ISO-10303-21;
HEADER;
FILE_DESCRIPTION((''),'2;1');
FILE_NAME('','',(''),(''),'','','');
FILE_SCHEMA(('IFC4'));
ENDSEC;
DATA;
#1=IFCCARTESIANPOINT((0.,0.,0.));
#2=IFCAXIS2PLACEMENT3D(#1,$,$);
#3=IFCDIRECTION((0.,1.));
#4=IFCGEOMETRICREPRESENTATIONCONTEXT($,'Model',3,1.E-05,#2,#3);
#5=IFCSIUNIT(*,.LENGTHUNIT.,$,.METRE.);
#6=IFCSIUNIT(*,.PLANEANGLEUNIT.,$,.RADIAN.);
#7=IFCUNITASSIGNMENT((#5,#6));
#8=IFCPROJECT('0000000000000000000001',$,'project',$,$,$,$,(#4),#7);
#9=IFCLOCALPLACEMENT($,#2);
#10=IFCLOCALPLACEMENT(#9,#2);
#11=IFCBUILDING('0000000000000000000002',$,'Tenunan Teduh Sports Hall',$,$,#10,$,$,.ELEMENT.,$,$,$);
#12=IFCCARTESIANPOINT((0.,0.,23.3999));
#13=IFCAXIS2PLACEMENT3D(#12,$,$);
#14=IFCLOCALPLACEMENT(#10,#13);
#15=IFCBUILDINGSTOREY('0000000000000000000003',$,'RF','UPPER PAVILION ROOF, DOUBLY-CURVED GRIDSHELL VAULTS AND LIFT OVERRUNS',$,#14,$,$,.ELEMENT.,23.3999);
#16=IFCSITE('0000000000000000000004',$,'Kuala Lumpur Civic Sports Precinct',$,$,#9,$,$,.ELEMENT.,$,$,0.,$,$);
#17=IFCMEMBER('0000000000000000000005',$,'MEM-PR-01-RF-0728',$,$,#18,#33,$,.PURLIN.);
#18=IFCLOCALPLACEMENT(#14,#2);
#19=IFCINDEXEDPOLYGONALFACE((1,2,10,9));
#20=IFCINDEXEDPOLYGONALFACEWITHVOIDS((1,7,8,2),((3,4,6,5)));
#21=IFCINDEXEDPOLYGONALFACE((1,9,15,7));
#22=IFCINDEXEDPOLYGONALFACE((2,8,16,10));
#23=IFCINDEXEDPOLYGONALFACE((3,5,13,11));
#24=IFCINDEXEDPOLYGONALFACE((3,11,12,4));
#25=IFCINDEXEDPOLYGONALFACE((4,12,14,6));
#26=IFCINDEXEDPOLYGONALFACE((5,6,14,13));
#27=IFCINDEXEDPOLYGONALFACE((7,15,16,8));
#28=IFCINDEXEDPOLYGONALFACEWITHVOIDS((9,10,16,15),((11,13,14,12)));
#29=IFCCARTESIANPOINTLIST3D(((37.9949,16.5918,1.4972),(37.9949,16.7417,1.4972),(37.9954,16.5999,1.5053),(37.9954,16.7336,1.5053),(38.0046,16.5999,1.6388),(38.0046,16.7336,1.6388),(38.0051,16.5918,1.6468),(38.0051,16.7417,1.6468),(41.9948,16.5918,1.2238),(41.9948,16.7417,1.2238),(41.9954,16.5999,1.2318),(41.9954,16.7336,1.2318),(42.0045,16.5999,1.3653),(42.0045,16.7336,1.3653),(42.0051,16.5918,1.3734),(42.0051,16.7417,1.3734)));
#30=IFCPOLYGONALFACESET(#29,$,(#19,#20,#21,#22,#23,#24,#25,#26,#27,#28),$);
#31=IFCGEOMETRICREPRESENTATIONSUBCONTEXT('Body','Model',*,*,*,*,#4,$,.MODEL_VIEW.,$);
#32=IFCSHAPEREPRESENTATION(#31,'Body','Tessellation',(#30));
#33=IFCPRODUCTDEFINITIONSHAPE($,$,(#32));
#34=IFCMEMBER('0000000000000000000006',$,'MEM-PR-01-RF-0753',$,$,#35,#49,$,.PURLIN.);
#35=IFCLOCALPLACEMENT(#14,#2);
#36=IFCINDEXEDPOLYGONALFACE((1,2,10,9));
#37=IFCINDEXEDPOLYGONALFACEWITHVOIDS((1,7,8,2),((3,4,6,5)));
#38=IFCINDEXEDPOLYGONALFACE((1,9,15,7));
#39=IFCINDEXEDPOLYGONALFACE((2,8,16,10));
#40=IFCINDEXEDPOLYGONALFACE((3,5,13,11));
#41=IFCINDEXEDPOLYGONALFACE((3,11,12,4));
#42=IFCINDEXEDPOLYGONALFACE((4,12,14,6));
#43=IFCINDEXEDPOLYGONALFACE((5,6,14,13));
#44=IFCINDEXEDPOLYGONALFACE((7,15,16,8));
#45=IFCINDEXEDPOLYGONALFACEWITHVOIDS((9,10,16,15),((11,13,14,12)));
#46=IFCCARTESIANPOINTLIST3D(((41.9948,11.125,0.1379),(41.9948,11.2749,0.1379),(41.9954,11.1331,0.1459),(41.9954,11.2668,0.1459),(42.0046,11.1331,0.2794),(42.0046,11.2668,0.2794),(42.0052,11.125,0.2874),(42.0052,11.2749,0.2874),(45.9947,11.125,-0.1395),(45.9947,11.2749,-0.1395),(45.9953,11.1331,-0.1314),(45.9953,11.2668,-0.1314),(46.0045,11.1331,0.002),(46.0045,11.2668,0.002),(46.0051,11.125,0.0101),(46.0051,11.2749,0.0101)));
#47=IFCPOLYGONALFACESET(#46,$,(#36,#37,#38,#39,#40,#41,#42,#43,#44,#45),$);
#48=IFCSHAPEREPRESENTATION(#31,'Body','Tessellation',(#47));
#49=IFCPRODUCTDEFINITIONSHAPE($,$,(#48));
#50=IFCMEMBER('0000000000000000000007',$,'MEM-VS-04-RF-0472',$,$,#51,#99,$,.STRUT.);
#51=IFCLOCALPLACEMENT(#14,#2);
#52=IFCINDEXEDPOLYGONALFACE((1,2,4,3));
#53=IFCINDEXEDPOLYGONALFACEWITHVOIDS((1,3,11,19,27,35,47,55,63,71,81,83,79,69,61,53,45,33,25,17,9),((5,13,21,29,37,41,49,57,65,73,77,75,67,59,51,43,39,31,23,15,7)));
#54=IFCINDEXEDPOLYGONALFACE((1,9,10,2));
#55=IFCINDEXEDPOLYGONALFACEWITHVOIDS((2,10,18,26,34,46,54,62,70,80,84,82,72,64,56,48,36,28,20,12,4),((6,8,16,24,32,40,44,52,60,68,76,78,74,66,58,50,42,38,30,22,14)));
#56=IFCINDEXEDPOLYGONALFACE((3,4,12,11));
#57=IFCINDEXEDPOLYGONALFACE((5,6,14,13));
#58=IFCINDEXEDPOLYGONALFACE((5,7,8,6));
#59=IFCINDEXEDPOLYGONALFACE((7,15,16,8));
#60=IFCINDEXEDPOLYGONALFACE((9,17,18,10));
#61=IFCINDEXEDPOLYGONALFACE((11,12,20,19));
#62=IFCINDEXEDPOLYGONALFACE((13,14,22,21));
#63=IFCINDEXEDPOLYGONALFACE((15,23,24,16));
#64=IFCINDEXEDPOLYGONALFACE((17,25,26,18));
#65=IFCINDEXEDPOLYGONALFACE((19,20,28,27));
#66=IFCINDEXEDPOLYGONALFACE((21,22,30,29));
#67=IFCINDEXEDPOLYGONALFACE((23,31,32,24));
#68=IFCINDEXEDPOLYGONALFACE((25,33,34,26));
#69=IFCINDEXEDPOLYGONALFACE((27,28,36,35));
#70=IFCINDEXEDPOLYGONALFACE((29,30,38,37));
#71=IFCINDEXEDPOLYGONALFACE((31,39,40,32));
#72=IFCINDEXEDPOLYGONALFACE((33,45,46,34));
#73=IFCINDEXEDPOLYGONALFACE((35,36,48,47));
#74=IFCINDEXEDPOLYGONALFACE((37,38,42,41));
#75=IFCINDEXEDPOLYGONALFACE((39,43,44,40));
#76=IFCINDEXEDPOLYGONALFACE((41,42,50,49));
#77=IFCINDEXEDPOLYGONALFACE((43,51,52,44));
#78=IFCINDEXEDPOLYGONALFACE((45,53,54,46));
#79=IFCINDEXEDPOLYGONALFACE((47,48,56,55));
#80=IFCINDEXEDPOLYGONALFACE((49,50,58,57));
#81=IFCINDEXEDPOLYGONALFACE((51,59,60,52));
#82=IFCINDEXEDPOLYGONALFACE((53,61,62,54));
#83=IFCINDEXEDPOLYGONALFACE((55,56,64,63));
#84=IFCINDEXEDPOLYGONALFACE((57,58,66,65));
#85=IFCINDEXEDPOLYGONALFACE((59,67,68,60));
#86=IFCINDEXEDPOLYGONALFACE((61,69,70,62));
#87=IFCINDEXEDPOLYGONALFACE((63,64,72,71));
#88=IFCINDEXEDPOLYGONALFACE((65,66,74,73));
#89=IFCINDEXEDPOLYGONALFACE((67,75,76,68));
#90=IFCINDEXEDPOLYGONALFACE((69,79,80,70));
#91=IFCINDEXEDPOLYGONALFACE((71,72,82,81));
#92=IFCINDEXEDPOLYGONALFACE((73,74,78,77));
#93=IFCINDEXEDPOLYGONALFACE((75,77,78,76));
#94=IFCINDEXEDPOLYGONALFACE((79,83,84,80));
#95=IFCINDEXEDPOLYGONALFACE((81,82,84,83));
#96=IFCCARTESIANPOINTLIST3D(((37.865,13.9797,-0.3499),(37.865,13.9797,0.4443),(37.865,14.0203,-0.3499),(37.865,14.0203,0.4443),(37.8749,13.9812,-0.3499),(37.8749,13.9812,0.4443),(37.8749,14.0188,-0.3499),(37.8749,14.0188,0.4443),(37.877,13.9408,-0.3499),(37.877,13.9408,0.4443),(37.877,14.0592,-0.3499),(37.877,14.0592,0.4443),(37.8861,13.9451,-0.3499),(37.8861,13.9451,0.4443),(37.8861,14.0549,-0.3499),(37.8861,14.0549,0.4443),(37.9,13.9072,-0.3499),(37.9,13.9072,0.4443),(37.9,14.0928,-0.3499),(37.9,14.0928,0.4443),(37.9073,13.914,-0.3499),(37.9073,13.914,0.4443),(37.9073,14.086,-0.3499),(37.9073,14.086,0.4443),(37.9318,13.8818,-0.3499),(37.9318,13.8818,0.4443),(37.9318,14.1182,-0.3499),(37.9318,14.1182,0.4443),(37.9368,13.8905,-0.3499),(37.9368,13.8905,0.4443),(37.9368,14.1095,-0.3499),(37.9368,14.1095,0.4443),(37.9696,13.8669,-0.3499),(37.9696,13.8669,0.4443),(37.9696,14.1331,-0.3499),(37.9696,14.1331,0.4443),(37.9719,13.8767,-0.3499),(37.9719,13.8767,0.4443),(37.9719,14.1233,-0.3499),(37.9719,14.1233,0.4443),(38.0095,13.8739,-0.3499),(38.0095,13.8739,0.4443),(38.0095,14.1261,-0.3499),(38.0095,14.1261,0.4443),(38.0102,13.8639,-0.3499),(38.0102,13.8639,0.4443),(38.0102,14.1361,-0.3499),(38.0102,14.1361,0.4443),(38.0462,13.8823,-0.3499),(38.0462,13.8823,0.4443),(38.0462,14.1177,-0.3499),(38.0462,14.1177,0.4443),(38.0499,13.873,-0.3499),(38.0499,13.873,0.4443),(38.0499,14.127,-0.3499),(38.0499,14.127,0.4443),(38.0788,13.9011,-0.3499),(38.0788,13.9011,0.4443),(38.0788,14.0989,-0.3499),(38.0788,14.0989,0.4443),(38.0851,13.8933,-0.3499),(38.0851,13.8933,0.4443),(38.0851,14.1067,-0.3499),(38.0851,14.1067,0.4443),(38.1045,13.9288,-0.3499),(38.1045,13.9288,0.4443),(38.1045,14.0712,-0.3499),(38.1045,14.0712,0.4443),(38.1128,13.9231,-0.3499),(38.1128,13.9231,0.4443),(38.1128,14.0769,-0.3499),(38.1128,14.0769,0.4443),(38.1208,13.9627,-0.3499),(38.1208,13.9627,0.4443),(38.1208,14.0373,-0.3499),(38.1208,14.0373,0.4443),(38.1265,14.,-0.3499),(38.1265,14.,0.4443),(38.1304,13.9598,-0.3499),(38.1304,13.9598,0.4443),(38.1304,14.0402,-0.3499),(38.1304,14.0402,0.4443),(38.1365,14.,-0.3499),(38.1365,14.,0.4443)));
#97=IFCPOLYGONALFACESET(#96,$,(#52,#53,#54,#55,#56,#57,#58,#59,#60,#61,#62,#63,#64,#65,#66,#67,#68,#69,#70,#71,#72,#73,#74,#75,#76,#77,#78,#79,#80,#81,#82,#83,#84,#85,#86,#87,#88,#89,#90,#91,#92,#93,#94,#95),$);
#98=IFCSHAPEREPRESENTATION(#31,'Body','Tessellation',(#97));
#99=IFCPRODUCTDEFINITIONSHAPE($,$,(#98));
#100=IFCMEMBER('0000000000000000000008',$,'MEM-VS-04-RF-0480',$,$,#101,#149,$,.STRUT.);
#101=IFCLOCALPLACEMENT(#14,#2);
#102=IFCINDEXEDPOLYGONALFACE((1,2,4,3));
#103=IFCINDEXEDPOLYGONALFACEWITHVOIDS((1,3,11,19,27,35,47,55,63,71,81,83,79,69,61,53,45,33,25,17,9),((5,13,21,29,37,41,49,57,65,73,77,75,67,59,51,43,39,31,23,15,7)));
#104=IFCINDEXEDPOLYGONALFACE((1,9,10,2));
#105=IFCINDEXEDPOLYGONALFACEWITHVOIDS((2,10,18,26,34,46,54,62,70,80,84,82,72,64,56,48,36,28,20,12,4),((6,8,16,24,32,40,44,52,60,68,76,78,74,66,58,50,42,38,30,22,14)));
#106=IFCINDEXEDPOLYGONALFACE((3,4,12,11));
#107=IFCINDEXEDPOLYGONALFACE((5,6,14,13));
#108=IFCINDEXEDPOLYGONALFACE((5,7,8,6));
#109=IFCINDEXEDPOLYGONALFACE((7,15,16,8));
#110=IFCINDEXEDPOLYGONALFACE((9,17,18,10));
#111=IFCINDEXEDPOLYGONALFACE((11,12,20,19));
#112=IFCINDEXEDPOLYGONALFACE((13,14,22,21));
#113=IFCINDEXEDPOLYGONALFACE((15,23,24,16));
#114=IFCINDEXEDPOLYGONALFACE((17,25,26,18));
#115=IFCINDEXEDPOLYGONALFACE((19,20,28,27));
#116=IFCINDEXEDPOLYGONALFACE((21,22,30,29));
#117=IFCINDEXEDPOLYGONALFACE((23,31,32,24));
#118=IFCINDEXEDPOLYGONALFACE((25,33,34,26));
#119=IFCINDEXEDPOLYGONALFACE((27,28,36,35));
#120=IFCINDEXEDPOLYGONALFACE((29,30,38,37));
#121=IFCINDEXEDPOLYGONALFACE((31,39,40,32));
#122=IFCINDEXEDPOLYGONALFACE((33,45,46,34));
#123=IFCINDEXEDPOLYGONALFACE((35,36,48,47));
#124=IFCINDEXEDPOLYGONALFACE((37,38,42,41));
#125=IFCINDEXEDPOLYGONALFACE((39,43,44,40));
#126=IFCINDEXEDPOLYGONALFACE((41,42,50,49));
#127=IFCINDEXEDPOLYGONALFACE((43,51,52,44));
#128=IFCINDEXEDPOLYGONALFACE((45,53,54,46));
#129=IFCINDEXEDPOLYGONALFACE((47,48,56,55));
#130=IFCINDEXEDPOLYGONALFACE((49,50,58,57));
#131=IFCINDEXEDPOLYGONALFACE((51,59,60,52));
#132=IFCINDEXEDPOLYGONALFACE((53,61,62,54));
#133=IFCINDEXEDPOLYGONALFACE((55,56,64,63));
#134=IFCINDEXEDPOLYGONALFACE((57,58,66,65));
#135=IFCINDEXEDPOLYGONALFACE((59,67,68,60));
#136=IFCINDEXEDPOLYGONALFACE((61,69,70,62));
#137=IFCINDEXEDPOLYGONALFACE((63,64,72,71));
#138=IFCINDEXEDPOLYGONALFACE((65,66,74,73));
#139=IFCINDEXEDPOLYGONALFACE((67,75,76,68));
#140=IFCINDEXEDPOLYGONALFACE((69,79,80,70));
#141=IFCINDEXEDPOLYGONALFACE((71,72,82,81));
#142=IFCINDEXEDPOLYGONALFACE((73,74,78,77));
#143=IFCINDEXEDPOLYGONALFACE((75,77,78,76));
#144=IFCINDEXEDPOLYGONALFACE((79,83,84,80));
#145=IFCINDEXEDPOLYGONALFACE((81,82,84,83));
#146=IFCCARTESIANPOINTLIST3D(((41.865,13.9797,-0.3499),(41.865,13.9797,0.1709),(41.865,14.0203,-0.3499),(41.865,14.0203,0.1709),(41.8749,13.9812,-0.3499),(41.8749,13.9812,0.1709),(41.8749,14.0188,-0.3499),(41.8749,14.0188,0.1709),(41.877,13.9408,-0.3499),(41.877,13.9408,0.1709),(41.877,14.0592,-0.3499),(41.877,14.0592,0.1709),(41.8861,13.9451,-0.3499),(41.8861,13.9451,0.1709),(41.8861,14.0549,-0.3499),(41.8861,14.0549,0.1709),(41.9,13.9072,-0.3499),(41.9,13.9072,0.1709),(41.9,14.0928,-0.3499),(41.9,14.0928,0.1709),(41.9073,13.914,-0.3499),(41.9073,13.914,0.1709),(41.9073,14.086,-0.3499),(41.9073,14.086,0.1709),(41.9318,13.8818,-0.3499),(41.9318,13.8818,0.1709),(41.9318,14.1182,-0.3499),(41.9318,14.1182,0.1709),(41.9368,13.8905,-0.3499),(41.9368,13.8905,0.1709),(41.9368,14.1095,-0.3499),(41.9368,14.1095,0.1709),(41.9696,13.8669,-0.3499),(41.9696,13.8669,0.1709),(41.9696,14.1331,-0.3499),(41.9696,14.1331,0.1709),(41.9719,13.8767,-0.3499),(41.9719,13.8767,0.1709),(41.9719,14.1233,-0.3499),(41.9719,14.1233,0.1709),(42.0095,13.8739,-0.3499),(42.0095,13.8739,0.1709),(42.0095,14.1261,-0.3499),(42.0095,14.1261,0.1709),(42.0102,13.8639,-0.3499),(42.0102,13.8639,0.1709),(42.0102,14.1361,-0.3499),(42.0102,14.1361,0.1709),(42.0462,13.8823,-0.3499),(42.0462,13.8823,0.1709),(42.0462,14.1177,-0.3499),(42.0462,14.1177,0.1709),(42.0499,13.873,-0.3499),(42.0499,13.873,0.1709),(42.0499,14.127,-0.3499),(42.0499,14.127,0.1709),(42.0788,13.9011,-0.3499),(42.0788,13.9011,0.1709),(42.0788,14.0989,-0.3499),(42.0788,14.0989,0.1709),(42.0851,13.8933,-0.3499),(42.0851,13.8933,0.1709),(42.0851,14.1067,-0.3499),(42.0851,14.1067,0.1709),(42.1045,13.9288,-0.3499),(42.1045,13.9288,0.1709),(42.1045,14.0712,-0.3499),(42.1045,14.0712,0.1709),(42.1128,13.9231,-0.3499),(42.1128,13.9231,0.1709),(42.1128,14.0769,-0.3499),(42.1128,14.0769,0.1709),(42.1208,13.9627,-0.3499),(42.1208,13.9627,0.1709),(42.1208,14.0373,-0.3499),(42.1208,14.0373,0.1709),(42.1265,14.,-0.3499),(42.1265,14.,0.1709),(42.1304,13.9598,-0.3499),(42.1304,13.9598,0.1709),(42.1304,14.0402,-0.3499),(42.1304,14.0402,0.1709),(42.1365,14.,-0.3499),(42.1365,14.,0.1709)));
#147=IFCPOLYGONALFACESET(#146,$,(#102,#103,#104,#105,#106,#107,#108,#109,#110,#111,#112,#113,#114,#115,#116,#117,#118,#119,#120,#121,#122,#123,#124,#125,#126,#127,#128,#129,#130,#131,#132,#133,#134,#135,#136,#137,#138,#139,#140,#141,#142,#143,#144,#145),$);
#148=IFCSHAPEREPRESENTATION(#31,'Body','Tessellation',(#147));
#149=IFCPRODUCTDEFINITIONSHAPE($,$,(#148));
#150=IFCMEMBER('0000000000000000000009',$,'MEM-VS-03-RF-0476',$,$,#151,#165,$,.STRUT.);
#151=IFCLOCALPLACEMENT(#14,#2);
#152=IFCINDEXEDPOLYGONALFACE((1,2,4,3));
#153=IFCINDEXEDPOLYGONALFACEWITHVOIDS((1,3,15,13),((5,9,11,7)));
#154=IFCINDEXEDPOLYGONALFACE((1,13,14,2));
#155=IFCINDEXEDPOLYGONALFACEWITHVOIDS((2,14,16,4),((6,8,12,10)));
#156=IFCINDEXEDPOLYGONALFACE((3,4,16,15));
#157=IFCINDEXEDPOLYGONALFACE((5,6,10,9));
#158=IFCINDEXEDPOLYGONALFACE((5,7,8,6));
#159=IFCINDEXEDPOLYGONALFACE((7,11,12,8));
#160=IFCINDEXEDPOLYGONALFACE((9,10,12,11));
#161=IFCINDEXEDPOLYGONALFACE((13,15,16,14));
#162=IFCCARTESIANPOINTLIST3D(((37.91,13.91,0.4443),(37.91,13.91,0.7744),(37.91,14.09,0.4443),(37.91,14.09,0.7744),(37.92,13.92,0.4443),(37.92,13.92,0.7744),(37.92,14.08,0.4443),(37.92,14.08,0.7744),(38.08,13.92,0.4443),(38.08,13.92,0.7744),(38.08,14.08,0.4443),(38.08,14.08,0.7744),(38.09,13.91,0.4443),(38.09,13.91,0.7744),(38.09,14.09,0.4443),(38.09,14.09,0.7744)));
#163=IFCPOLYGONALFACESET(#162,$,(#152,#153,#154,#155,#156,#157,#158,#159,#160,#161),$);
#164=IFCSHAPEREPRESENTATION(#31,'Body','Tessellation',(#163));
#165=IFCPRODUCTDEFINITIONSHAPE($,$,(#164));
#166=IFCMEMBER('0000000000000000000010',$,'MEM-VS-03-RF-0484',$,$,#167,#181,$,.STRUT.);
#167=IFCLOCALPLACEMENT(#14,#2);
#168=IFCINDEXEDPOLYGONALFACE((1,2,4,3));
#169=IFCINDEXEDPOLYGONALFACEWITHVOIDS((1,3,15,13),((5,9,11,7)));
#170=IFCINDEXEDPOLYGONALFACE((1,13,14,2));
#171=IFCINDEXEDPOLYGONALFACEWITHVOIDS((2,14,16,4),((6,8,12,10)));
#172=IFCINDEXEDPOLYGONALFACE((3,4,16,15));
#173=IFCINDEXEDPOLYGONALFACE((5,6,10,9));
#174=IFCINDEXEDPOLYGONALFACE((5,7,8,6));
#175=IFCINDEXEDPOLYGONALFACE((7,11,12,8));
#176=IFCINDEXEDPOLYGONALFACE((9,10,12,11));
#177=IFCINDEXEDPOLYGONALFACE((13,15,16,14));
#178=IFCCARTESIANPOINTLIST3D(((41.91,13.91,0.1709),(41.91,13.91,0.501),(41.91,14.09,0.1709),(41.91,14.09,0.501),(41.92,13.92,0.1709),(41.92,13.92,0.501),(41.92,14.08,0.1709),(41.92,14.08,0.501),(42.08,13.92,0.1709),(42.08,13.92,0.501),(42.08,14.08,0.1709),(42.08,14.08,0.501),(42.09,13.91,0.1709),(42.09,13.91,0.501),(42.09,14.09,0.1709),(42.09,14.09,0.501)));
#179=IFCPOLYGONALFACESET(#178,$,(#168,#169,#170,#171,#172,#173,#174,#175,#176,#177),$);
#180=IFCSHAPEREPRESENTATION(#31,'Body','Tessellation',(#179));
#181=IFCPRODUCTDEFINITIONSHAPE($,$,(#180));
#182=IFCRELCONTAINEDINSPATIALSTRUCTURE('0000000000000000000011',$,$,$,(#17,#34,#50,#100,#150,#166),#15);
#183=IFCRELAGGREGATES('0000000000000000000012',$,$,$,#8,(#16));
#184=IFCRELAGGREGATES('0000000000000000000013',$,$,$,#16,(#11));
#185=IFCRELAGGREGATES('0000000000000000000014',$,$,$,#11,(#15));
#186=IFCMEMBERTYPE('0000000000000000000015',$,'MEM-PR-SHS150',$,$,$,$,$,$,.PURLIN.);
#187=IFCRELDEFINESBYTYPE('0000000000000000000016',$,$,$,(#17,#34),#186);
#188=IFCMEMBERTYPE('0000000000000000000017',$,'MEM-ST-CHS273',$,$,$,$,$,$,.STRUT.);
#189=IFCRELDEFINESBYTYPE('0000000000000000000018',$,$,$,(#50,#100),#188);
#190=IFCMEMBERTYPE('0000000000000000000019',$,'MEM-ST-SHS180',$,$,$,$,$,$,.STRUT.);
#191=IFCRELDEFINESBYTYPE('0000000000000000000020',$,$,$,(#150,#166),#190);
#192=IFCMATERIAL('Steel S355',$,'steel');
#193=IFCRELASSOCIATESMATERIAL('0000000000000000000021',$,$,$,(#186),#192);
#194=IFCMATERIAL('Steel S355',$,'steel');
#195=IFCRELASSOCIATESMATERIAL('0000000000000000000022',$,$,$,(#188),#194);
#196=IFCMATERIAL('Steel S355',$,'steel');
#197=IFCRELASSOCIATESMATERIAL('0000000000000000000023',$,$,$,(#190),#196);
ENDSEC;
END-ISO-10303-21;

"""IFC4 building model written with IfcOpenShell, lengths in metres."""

from ifc_helpers import new_model, si_unit, direction, frame, origin, origin_2d, place, context, subcontext, project, spatial, hollow_rectangle, hollow_circle, extrude, material, material_profile, profile_set, type_object, element, save


model = new_model("IFC4")

# Units and contexts
model_context = context("Model", 3, precision=1e-05, world=origin(), true_north=direction((0.0, 1.0)))
body_context = subcontext(model_context, "Body", "Model", "MODEL_VIEW")
ifc_project = project(units=[si_unit("LENGTHUNIT", "METRE"), si_unit("PLANEANGLEUNIT", "RADIAN")], contexts=[model_context])

# Site, building, storey
site_placement = place(None, origin())
site = spatial("IfcSite", under=ifc_project, at=site_placement, Name="Kuala Lumpur Civic Sports Precinct", CompositionType="ELEMENT", RefElevation=0.0)
building_placement = place(site_placement, origin())
building = spatial("IfcBuilding", under=site, at=building_placement, Name="Tenunan Teduh Sports Hall", CompositionType="ELEMENT")
storey_placement = place(building_placement, frame((0.0, 0.0, 23.3999)))
storey = spatial("IfcBuildingStorey", under=building, at=storey_placement, Name="RF", Description="UPPER PAVILION ROOF, DOUBLY-CURVED GRIDSHELL VAULTS AND LIFT OVERRUNS", CompositionType="ELEMENT", Elevation=23.3999)

# Members
ifc_material_1 = material(Name="Steel S355", Category="steel")
ifc_material_profile_1 = material_profile(ifc_material_1, hollow_rectangle(XDim=0.1499, YDim=0.1499, WallThickness=0.0081, at=origin_2d()), Name="SHS 150x150x8.0")
ifc_profile_set_1 = profile_set([ifc_material_profile_1], Name="Steel S355")
member_type_1 = type_object("IfcMemberType", Name="MEM-PR-SHS150", PredefinedType="PURLIN", material=ifc_profile_set_1)
for number, where, z_axis, x_axis, name in (
    (1, (38.0, 16.6667, 1.572), (0.997672, 0.0, -0.0682), (0.0, 1.0, 0.0), "MEM-PR-01-RF-0728"),
):
    element("IfcMember", number, at=place(storey_placement, frame(where, z_axis=z_axis, x_axis=x_axis)), inside=storey, type_object=member_type_1, Name=name, PredefinedType="PURLIN", context=body_context, shape_type="SweptSolid", body=[
        extrude(hollow_rectangle(XDim=0.1499, YDim=0.1499, WallThickness=0.0081, at=origin_2d()), origin(), (0.0, 0.0, 1.0), 4.0093),
    ])
member_1_placement = place(storey_placement, frame((42.0, 11.2, 0.2126), z_axis=(0.997605, 0.0, -0.06917), x_axis=(0.0, 1.0, 0.0)))
element("IfcMember", 2, at=member_1_placement, inside=storey, type_object=member_type_1, Name="MEM-PR-01-RF-0753", PredefinedType="PURLIN", context=body_context, shape_type="SweptSolid", body=[
    extrude(hollow_rectangle(XDim=0.1499, YDim=0.1499, WallThickness=0.0081, at=origin_2d()), origin(), (0.0, 0.0, 1.0), 4.0095),
])
ifc_material_2 = material(Name="Steel S355", Category="steel")
ifc_material_profile_2 = material_profile(ifc_material_2, hollow_circle(Radius=0.1365, WallThickness=0.01, at=origin_2d()), Name="CHS 273.0x10.0")
ifc_profile_set_2 = profile_set([ifc_material_profile_2], Name="Steel S355")
member_type_2 = type_object("IfcMemberType", Name="MEM-ST-CHS273", PredefinedType="STRUT", material=ifc_profile_set_2)
member_2_placement = place(storey_placement, frame((38.0, 14.0, -0.3499), z_axis=(0.0, 0.0, 1.0), x_axis=(1.0, 0.0, 0.0)))
element("IfcMember", 3, at=member_2_placement, inside=storey, type_object=member_type_2, Name="MEM-VS-04-RF-0472", PredefinedType="STRUT", context=body_context, shape_type="SweptSolid", body=[
    extrude(hollow_circle(Radius=0.1365, WallThickness=0.01, at=origin_2d()), origin(), (0.0, 0.0, 1.0), 0.7942),
])
member_3_placement = place(storey_placement, frame((42.0, 14.0, -0.3499), z_axis=(0.0, 0.0, 1.0), x_axis=(1.0, 0.0, 0.0)))
element("IfcMember", 4, at=member_3_placement, inside=storey, type_object=member_type_2, Name="MEM-VS-04-RF-0480", PredefinedType="STRUT", context=body_context, shape_type="SweptSolid", body=[
    extrude(hollow_circle(Radius=0.1365, WallThickness=0.01, at=origin_2d()), origin(), (0.0, 0.0, 1.0), 0.5208),
])
ifc_material_3 = material(Name="Steel S355", Category="steel")
ifc_material_profile_3 = material_profile(ifc_material_3, hollow_rectangle(XDim=0.1799, YDim=0.1799, WallThickness=0.01, at=origin_2d()), Name="SHS 180x180x10.0")
ifc_profile_set_3 = profile_set([ifc_material_profile_3], Name="Steel S355")
member_type_3 = type_object("IfcMemberType", Name="MEM-ST-SHS180", PredefinedType="STRUT", material=ifc_profile_set_3)
for number, where, z_axis, x_axis, name in (
    (5, (38.0, 14.0, 0.4443), (0.0, 0.0, 1.0), (1.0, 0.0, 0.0), "MEM-VS-03-RF-0476"),
    (6, (42.0, 14.0, 0.1709), (0.0, 0.0, 1.0), (1.0, 0.0, 0.0), "MEM-VS-03-RF-0484"),
):
    element("IfcMember", number, at=place(storey_placement, frame(where, z_axis=z_axis, x_axis=x_axis)), inside=storey, type_object=member_type_3, Name=name, PredefinedType="STRUT", context=body_context, shape_type="SweptSolid", body=[
        extrude(hollow_rectangle(XDim=0.1799, YDim=0.1799, WallThickness=0.01, at=origin_2d()), origin(), (0.0, 0.0, 1.0), 0.3301),
    ])

save(model, "model.ifc")
